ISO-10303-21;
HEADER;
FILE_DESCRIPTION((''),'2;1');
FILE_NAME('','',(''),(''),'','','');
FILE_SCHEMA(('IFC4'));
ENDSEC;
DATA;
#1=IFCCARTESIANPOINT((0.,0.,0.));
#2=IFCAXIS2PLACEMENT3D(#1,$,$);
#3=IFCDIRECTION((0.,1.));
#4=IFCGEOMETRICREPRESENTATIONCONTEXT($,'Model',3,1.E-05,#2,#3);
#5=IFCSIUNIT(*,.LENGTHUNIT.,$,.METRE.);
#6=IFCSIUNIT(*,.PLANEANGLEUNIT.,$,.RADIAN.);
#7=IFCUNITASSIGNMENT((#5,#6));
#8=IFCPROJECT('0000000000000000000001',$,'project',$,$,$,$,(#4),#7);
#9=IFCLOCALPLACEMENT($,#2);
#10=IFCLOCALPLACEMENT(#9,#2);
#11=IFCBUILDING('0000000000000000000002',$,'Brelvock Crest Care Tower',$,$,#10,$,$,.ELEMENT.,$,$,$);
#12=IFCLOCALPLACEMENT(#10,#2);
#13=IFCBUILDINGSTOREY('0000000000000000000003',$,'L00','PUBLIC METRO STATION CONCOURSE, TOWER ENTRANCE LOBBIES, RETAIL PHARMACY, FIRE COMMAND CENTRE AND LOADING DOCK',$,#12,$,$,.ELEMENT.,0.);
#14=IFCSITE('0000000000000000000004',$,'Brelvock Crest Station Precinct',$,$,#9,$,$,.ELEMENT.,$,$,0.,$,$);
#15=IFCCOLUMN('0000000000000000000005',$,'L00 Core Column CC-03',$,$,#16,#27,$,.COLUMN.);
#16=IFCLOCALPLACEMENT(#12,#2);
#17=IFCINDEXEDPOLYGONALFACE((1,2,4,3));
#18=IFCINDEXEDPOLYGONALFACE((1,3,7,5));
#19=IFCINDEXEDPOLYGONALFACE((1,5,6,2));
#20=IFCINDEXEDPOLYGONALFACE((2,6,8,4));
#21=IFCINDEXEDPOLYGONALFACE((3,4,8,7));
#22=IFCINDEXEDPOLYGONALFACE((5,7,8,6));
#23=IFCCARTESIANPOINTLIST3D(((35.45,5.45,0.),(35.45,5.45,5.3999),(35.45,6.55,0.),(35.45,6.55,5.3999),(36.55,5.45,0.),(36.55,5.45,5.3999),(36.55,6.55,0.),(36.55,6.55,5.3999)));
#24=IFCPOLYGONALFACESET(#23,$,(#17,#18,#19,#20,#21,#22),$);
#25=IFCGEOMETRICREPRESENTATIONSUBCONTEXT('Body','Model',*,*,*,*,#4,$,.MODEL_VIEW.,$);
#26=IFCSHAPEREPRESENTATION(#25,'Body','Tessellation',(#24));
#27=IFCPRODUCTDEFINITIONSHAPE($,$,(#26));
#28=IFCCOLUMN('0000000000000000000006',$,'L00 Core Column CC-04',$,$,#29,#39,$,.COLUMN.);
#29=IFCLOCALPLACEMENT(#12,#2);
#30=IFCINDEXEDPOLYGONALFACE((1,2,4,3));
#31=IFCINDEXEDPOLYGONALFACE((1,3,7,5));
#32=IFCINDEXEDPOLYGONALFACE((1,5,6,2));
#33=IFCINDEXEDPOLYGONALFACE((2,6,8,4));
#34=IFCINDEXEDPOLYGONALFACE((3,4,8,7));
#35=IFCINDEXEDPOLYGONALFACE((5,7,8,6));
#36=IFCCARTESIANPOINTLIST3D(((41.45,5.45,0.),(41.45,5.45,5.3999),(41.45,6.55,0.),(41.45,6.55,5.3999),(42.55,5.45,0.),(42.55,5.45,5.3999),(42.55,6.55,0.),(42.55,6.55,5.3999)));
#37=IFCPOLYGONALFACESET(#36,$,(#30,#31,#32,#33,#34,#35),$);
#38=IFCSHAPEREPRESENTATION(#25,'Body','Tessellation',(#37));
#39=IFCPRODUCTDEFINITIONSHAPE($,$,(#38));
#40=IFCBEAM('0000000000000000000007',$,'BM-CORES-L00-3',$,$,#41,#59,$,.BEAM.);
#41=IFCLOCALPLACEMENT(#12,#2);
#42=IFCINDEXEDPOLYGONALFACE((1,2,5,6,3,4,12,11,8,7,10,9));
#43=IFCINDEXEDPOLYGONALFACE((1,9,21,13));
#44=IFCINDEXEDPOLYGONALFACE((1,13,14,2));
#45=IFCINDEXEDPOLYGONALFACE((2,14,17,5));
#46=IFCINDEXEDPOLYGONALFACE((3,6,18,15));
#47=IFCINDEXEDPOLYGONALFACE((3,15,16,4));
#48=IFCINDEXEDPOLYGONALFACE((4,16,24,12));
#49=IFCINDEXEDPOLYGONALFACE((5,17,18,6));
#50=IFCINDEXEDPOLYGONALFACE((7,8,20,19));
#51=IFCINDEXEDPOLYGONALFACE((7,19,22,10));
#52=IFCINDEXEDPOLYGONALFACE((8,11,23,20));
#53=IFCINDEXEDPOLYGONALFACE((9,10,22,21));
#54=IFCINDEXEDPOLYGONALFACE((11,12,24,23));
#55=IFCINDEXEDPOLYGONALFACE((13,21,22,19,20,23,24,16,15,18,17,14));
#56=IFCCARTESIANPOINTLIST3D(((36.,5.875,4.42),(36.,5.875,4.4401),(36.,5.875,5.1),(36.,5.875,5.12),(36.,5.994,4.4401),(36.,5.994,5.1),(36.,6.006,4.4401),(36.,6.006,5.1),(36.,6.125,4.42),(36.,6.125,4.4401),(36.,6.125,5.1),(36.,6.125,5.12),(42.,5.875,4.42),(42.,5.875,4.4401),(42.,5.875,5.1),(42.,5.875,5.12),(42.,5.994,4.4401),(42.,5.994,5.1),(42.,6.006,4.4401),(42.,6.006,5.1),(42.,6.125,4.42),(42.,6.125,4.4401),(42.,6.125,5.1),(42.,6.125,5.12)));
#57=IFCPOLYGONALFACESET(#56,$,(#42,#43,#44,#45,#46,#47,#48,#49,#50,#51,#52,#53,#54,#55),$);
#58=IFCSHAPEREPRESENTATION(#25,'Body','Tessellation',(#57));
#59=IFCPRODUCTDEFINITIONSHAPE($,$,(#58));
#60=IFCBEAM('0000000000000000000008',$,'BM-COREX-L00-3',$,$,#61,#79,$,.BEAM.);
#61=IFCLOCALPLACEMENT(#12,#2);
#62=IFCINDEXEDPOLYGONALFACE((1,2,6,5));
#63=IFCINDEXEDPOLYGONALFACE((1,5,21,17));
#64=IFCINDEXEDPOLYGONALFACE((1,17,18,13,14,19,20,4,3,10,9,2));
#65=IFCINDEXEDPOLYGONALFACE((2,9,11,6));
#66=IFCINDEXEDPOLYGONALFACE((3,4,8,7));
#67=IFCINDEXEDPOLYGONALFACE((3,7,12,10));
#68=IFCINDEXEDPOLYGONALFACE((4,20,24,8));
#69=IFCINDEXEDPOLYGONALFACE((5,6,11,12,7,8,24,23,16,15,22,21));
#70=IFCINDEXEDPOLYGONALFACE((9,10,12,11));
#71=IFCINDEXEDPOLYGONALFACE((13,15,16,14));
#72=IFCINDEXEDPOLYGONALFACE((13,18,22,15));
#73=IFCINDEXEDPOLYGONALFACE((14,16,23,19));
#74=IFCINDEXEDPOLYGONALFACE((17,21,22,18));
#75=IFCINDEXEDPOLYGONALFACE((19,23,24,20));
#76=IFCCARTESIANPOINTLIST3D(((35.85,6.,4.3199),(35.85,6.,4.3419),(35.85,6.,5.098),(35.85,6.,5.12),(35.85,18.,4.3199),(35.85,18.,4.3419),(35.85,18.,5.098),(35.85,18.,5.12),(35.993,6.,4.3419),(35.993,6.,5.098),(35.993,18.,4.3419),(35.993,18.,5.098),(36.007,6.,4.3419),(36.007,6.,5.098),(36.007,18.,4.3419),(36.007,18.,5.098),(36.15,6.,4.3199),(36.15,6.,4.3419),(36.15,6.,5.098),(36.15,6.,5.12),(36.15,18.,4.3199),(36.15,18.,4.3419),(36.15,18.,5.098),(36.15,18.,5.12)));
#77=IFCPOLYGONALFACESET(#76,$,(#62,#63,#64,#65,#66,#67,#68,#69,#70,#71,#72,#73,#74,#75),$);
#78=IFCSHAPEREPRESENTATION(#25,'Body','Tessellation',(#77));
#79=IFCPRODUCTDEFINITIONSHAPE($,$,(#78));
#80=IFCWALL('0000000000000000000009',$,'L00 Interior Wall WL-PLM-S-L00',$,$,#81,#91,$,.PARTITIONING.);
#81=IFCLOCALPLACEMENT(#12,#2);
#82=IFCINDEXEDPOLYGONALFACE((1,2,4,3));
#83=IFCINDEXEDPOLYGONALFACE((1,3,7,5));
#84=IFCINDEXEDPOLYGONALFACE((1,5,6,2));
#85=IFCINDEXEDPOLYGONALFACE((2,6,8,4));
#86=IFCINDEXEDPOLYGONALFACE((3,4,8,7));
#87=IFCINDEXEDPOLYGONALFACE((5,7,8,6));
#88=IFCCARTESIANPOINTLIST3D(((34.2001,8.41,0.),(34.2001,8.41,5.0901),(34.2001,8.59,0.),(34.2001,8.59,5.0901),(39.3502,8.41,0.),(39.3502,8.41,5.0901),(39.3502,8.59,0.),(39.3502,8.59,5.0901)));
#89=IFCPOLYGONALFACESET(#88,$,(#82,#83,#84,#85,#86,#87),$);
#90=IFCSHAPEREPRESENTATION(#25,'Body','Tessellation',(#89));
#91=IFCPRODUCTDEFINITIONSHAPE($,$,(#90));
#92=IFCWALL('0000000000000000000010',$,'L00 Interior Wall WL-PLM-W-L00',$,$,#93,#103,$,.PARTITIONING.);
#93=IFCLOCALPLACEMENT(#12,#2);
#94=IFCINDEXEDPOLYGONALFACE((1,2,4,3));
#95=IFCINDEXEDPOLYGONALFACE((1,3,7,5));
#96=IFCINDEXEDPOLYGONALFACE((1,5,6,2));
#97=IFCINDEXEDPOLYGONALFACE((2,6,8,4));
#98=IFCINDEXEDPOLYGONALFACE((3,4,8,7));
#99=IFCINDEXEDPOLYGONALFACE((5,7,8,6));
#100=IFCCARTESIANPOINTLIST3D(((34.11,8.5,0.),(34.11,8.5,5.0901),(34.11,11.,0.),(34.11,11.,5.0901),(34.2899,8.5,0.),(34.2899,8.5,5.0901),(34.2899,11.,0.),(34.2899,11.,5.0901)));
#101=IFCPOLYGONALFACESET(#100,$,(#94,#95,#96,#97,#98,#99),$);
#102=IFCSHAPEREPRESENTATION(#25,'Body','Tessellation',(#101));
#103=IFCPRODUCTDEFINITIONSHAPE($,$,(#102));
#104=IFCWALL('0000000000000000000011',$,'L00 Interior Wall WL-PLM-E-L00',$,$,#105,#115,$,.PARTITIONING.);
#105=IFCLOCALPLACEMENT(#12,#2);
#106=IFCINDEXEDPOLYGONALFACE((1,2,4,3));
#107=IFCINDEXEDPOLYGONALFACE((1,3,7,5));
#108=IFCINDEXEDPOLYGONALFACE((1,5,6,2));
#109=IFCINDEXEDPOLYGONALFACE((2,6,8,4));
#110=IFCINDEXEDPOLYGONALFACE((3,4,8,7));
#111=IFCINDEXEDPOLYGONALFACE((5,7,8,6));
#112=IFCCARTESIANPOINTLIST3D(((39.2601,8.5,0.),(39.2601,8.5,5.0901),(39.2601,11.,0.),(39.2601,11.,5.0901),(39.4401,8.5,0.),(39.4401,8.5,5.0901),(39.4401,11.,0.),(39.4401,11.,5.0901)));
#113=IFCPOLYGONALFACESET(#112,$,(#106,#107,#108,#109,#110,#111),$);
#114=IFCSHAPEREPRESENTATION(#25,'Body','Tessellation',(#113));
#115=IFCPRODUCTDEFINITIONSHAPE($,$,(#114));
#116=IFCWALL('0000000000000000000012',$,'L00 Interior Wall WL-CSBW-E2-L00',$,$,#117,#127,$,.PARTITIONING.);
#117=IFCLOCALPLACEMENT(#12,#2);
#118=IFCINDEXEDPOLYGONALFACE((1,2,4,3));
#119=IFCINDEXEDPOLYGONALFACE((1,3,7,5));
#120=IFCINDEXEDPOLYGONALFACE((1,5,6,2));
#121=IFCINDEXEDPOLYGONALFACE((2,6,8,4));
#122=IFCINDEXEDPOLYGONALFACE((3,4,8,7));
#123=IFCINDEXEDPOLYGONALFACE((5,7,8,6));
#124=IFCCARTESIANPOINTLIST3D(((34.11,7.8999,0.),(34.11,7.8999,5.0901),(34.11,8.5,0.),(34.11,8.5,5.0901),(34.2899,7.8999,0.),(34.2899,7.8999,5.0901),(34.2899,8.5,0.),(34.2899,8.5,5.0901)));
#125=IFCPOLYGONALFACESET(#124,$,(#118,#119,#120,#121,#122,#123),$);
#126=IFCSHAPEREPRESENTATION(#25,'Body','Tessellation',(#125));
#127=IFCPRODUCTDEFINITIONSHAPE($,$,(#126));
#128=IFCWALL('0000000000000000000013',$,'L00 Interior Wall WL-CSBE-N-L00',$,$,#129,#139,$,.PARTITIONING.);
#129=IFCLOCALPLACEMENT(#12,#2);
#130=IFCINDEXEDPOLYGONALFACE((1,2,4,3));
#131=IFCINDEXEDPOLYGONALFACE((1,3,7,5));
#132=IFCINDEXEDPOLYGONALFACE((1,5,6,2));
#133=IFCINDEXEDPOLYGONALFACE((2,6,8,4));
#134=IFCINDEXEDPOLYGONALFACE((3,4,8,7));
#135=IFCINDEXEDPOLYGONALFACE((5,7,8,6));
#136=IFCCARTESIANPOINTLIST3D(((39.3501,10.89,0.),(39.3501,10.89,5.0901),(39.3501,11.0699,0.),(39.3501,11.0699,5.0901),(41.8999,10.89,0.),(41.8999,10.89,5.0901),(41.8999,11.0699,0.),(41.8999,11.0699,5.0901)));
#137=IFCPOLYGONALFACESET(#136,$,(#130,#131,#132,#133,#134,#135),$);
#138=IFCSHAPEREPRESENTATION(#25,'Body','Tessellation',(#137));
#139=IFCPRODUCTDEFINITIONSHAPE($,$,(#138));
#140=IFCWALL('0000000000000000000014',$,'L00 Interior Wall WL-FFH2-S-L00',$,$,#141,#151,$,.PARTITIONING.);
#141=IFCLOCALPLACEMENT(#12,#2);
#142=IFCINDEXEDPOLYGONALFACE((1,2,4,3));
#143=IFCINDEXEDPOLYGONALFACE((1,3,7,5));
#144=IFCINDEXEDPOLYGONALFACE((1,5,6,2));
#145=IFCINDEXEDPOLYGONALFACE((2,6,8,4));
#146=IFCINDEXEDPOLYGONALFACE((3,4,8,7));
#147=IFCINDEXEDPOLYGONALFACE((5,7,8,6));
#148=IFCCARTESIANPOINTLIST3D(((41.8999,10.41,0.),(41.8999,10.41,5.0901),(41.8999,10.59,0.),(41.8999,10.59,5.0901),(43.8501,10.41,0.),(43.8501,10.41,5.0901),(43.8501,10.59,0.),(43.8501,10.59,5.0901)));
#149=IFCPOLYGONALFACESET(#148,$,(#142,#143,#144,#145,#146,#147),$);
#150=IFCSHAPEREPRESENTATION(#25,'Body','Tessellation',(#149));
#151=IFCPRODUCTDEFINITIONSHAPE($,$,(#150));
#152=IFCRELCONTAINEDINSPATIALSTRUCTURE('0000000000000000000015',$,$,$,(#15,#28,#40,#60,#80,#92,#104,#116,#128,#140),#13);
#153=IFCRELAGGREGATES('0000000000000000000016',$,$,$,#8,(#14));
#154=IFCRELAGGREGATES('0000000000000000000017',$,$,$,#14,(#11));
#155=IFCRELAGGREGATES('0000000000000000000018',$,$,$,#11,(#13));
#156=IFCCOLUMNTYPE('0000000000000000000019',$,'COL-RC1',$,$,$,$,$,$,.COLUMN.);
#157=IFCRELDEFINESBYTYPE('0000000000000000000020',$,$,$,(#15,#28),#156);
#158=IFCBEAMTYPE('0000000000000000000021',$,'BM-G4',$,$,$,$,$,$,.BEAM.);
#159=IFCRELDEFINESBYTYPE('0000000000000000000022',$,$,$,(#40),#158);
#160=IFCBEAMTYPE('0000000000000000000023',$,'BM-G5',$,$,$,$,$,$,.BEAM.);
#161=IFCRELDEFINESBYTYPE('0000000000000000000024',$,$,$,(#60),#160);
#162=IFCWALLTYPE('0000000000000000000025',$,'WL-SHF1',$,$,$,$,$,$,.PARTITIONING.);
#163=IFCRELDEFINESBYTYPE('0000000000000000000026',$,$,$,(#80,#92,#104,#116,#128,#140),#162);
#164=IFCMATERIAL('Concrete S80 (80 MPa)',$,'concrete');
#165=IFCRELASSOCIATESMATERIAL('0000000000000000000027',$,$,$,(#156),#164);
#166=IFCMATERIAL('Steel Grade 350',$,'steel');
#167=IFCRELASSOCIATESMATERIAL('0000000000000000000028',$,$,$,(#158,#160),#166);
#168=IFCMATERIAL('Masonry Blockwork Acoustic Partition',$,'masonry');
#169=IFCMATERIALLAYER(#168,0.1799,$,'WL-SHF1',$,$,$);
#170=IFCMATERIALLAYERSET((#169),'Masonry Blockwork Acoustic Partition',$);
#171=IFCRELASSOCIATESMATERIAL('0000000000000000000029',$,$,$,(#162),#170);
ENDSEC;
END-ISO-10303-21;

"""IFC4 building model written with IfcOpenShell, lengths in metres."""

from ifc_helpers import new_model, si_unit, direction, frame, frame_2d, origin, origin_2d, place, context, subcontext, project, spatial, rectangle, i_section, extrude, source, transform, mapped, material, layer, layer_set, material_profile, profile_set, type_object, element, save


model = new_model("IFC4")

# Units and contexts
model_context = context("Model", 3, precision=1e-05, world=origin(), true_north=direction((0.0, 1.0)))
body_context = subcontext(model_context, "Body", "Model", "MODEL_VIEW")
ifc_project = project(units=[si_unit("LENGTHUNIT", "METRE"), si_unit("PLANEANGLEUNIT", "RADIAN")], contexts=[model_context])

# Site, building, storey
site_placement = place(None, origin())
site = spatial("IfcSite", under=ifc_project, at=site_placement, Name="Brelvock Crest Station Precinct", CompositionType="ELEMENT", RefElevation=0.0)
building_placement = place(site_placement, origin())
building = spatial("IfcBuilding", under=site, at=building_placement, Name="Brelvock Crest Care Tower", CompositionType="ELEMENT")
storey_placement = place(building_placement, origin())
storey = spatial("IfcBuildingStorey", under=building, at=storey_placement, Name="L00", Description="PUBLIC METRO STATION CONCOURSE, TOWER ENTRANCE LOBBIES, RETAIL PHARMACY, FIRE COMMAND CENTRE AND LOADING DOCK", CompositionType="ELEMENT", Elevation=0.0)

# Columns
ifc_material_1 = material(Name="Concrete S80 (80 MPa)", Category="concrete")
ifc_material_profile_1 = material_profile(ifc_material_1, rectangle(XDim=1.1001, YDim=1.1001, at=origin_2d()), Name="RC1100x1100")
ifc_profile_set_1 = profile_set([ifc_material_profile_1], Name="Concrete S80 (80 MPa)")
column_type = type_object("IfcColumnType", Name="COL-RC1", PredefinedType="COLUMN", material=ifc_profile_set_1)
shared_shape_1 = source(origin(), body_context, "Body", "SweptSolid", [
    extrude(rectangle(XDim=1.1001, YDim=1.1001, at=origin_2d()), origin(), (0.0, 0.0, 1.0), 5.3999),
])
for number, where, z_axis, x_axis, name in (
    (1, (36.0, 6.0, 0.0), (0.0, 0.0, 1.0), (1.0, 0.0, 0.0), "L00 Core Column CC-03"),
    (2, (42.0, 6.0, 0.0), (0.0, 0.0, 1.0), (1.0, 0.0, 0.0), "L00 Core Column CC-04"),
):
    element("IfcColumn", number, at=place(storey_placement, frame(where, z_axis=z_axis, x_axis=x_axis)), inside=storey, type_object=column_type, Name=name, PredefinedType="COLUMN", context=body_context, shape_type="MappedRepresentation", body=[
        mapped(shared_shape_1, transform((0.0, 0.0, 0.0), x_axis=(1.0, 0.0, 0.0), y_axis=(0.0, 1.0, 0.0), z_axis=(0.0, 0.0, 1.0), scale=1.0)),
    ])

# Beams
ifc_material_2 = material(Name="Steel Grade 350", Category="steel")
ifc_material_profile_2 = material_profile(ifc_material_2, i_section(OverallWidth=0.25, OverallDepth=0.7, WebThickness=0.012, FlangeThickness=0.02, at=origin_2d()), Name="700WB150")
ifc_profile_set_2 = profile_set([ifc_material_profile_2], Name="Steel Grade 350")
beam_type_1 = type_object("IfcBeamType", Name="BM-G4", PredefinedType="BEAM", material=ifc_profile_set_2)
shared_shape_2 = source(origin(), body_context, "Body", "SweptSolid", [
    extrude(i_section(OverallWidth=0.25, OverallDepth=0.7, WebThickness=0.012, FlangeThickness=0.02, at=origin_2d()), origin(), (0.0, 0.0, 1.0), 6.0),
])
beam_1_placement = place(storey_placement, frame((36.0, 6.0, 4.77), z_axis=(1.0, 0.0, 0.0), x_axis=(0.0, 1.0, 0.0)))
element("IfcBeam", 3, at=beam_1_placement, inside=storey, type_object=beam_type_1, Name="BM-CORES-L00-3", PredefinedType="BEAM", context=body_context, shape_type="MappedRepresentation", body=[
    mapped(shared_shape_2, transform((0.0, 0.0, 0.0), x_axis=(1.0, 0.0, 0.0), y_axis=(0.0, 1.0, 0.0), z_axis=(0.0, 0.0, 1.0), scale=1.0)),
])
ifc_material_profile_3 = material_profile(ifc_material_2, i_section(OverallWidth=0.3, OverallDepth=0.8, WebThickness=0.0139, FlangeThickness=0.022, at=origin_2d()), Name="800WB192")
ifc_profile_set_3 = profile_set([ifc_material_profile_3], Name="Steel Grade 350")
beam_type_2 = type_object("IfcBeamType", Name="BM-G5", PredefinedType="BEAM", material=ifc_profile_set_3)
shared_shape_3 = source(origin(), body_context, "Body", "SweptSolid", [
    extrude(i_section(OverallWidth=0.3, OverallDepth=0.8, WebThickness=0.0139, FlangeThickness=0.022, at=origin_2d()), origin(), (0.0, 0.0, 1.0), 12.0),
])
beam_2_placement = place(storey_placement, frame((36.0, 6.0, 4.72), z_axis=(0.0, 1.0, 0.0), x_axis=(-1.0, 0.0, 0.0)))
element("IfcBeam", 4, at=beam_2_placement, inside=storey, type_object=beam_type_2, Name="BM-COREX-L00-3", PredefinedType="BEAM", context=body_context, shape_type="MappedRepresentation", body=[
    mapped(shared_shape_3, transform((0.0, 0.0, 0.0), x_axis=(1.0, 0.0, 0.0), y_axis=(0.0, 1.0, 0.0), z_axis=(0.0, 0.0, 1.0), scale=1.0)),
])

# Walls
ifc_material_3 = material(Name="Masonry Blockwork Acoustic Partition", Category="masonry")
ifc_layer = layer(ifc_material_3, 0.1799, Name="WL-SHF1")
ifc_layer_set = layer_set([ifc_layer], Name="Masonry Blockwork Acoustic Partition")
wall_type = type_object("IfcWallType", Name="WL-SHF1", PredefinedType="PARTITIONING", material=ifc_layer_set)
wall_1_placement = place(storey_placement, frame((34.2, 8.5, 0.0), z_axis=(0.0, 0.0, 1.0), x_axis=(1.0, 0.0, 0.0)))
element("IfcWall", 5, at=wall_1_placement, inside=storey, type_object=wall_type, Name="L00 Interior Wall WL-PLM-S-L00", PredefinedType="PARTITIONING", context=body_context, shape_type="SweptSolid", body=[
    extrude(rectangle(XDim=5.1501, YDim=0.1799, at=frame_2d((2.5752, 0.0))), origin(), (0.0, 0.0, 1.0), 5.0901),
])
for number, where, z_axis, x_axis, name in (
    (6, (34.2, 8.5, 0.0), (0.0, 0.0, 1.0), (0.0, 1.0, 0.0), "L00 Interior Wall WL-PLM-W-L00"),
    (7, (39.3501, 8.5, 0.0), (0.0, 0.0, 1.0), (0.0, 1.0, 0.0), "L00 Interior Wall WL-PLM-E-L00"),
):
    element("IfcWall", number, at=place(storey_placement, frame(where, z_axis=z_axis, x_axis=x_axis)), inside=storey, type_object=wall_type, Name=name, PredefinedType="PARTITIONING", context=body_context, shape_type="SweptSolid", body=[
        extrude(rectangle(XDim=2.5, YDim=0.1799, at=frame_2d((1.25, 0.0))), origin(), (0.0, 0.0, 1.0), 5.0901),
    ])
wall_2_placement = place(storey_placement, frame((34.2, 7.8999, 0.0), z_axis=(0.0, 0.0, 1.0), x_axis=(0.0, 1.0, 0.0)))
element("IfcWall", 8, at=wall_2_placement, inside=storey, type_object=wall_type, Name="L00 Interior Wall WL-CSBW-E2-L00", PredefinedType="PARTITIONING", context=body_context, shape_type="SweptSolid", body=[
    extrude(rectangle(XDim=0.6001, YDim=0.1799, at=frame_2d((0.3, 0.0))), origin(), (0.0, 0.0, 1.0), 5.0901),
])
wall_3_placement = place(storey_placement, frame((39.3501, 10.98, 0.0), z_axis=(0.0, 0.0, 1.0), x_axis=(1.0, 0.0, 0.0)))
element("IfcWall", 9, at=wall_3_placement, inside=storey, type_object=wall_type, Name="L00 Interior Wall WL-CSBE-N-L00", PredefinedType="PARTITIONING", context=body_context, shape_type="SweptSolid", body=[
    extrude(rectangle(XDim=2.5498, YDim=0.1799, at=frame_2d((1.2749, 0.0))), origin(), (0.0, 0.0, 1.0), 5.0901),
])
wall_4_placement = place(storey_placement, frame((41.8999, 10.5, 0.0), z_axis=(0.0, 0.0, 1.0), x_axis=(1.0, 0.0, 0.0)))
element("IfcWall", 10, at=wall_4_placement, inside=storey, type_object=wall_type, Name="L00 Interior Wall WL-FFH2-S-L00", PredefinedType="PARTITIONING", context=body_context, shape_type="SweptSolid", body=[
    extrude(rectangle(XDim=1.9502, YDim=0.1799, at=frame_2d((0.9751, 0.0))), origin(), (0.0, 0.0, 1.0), 5.0901),
])

save(model, "model.ifc")
